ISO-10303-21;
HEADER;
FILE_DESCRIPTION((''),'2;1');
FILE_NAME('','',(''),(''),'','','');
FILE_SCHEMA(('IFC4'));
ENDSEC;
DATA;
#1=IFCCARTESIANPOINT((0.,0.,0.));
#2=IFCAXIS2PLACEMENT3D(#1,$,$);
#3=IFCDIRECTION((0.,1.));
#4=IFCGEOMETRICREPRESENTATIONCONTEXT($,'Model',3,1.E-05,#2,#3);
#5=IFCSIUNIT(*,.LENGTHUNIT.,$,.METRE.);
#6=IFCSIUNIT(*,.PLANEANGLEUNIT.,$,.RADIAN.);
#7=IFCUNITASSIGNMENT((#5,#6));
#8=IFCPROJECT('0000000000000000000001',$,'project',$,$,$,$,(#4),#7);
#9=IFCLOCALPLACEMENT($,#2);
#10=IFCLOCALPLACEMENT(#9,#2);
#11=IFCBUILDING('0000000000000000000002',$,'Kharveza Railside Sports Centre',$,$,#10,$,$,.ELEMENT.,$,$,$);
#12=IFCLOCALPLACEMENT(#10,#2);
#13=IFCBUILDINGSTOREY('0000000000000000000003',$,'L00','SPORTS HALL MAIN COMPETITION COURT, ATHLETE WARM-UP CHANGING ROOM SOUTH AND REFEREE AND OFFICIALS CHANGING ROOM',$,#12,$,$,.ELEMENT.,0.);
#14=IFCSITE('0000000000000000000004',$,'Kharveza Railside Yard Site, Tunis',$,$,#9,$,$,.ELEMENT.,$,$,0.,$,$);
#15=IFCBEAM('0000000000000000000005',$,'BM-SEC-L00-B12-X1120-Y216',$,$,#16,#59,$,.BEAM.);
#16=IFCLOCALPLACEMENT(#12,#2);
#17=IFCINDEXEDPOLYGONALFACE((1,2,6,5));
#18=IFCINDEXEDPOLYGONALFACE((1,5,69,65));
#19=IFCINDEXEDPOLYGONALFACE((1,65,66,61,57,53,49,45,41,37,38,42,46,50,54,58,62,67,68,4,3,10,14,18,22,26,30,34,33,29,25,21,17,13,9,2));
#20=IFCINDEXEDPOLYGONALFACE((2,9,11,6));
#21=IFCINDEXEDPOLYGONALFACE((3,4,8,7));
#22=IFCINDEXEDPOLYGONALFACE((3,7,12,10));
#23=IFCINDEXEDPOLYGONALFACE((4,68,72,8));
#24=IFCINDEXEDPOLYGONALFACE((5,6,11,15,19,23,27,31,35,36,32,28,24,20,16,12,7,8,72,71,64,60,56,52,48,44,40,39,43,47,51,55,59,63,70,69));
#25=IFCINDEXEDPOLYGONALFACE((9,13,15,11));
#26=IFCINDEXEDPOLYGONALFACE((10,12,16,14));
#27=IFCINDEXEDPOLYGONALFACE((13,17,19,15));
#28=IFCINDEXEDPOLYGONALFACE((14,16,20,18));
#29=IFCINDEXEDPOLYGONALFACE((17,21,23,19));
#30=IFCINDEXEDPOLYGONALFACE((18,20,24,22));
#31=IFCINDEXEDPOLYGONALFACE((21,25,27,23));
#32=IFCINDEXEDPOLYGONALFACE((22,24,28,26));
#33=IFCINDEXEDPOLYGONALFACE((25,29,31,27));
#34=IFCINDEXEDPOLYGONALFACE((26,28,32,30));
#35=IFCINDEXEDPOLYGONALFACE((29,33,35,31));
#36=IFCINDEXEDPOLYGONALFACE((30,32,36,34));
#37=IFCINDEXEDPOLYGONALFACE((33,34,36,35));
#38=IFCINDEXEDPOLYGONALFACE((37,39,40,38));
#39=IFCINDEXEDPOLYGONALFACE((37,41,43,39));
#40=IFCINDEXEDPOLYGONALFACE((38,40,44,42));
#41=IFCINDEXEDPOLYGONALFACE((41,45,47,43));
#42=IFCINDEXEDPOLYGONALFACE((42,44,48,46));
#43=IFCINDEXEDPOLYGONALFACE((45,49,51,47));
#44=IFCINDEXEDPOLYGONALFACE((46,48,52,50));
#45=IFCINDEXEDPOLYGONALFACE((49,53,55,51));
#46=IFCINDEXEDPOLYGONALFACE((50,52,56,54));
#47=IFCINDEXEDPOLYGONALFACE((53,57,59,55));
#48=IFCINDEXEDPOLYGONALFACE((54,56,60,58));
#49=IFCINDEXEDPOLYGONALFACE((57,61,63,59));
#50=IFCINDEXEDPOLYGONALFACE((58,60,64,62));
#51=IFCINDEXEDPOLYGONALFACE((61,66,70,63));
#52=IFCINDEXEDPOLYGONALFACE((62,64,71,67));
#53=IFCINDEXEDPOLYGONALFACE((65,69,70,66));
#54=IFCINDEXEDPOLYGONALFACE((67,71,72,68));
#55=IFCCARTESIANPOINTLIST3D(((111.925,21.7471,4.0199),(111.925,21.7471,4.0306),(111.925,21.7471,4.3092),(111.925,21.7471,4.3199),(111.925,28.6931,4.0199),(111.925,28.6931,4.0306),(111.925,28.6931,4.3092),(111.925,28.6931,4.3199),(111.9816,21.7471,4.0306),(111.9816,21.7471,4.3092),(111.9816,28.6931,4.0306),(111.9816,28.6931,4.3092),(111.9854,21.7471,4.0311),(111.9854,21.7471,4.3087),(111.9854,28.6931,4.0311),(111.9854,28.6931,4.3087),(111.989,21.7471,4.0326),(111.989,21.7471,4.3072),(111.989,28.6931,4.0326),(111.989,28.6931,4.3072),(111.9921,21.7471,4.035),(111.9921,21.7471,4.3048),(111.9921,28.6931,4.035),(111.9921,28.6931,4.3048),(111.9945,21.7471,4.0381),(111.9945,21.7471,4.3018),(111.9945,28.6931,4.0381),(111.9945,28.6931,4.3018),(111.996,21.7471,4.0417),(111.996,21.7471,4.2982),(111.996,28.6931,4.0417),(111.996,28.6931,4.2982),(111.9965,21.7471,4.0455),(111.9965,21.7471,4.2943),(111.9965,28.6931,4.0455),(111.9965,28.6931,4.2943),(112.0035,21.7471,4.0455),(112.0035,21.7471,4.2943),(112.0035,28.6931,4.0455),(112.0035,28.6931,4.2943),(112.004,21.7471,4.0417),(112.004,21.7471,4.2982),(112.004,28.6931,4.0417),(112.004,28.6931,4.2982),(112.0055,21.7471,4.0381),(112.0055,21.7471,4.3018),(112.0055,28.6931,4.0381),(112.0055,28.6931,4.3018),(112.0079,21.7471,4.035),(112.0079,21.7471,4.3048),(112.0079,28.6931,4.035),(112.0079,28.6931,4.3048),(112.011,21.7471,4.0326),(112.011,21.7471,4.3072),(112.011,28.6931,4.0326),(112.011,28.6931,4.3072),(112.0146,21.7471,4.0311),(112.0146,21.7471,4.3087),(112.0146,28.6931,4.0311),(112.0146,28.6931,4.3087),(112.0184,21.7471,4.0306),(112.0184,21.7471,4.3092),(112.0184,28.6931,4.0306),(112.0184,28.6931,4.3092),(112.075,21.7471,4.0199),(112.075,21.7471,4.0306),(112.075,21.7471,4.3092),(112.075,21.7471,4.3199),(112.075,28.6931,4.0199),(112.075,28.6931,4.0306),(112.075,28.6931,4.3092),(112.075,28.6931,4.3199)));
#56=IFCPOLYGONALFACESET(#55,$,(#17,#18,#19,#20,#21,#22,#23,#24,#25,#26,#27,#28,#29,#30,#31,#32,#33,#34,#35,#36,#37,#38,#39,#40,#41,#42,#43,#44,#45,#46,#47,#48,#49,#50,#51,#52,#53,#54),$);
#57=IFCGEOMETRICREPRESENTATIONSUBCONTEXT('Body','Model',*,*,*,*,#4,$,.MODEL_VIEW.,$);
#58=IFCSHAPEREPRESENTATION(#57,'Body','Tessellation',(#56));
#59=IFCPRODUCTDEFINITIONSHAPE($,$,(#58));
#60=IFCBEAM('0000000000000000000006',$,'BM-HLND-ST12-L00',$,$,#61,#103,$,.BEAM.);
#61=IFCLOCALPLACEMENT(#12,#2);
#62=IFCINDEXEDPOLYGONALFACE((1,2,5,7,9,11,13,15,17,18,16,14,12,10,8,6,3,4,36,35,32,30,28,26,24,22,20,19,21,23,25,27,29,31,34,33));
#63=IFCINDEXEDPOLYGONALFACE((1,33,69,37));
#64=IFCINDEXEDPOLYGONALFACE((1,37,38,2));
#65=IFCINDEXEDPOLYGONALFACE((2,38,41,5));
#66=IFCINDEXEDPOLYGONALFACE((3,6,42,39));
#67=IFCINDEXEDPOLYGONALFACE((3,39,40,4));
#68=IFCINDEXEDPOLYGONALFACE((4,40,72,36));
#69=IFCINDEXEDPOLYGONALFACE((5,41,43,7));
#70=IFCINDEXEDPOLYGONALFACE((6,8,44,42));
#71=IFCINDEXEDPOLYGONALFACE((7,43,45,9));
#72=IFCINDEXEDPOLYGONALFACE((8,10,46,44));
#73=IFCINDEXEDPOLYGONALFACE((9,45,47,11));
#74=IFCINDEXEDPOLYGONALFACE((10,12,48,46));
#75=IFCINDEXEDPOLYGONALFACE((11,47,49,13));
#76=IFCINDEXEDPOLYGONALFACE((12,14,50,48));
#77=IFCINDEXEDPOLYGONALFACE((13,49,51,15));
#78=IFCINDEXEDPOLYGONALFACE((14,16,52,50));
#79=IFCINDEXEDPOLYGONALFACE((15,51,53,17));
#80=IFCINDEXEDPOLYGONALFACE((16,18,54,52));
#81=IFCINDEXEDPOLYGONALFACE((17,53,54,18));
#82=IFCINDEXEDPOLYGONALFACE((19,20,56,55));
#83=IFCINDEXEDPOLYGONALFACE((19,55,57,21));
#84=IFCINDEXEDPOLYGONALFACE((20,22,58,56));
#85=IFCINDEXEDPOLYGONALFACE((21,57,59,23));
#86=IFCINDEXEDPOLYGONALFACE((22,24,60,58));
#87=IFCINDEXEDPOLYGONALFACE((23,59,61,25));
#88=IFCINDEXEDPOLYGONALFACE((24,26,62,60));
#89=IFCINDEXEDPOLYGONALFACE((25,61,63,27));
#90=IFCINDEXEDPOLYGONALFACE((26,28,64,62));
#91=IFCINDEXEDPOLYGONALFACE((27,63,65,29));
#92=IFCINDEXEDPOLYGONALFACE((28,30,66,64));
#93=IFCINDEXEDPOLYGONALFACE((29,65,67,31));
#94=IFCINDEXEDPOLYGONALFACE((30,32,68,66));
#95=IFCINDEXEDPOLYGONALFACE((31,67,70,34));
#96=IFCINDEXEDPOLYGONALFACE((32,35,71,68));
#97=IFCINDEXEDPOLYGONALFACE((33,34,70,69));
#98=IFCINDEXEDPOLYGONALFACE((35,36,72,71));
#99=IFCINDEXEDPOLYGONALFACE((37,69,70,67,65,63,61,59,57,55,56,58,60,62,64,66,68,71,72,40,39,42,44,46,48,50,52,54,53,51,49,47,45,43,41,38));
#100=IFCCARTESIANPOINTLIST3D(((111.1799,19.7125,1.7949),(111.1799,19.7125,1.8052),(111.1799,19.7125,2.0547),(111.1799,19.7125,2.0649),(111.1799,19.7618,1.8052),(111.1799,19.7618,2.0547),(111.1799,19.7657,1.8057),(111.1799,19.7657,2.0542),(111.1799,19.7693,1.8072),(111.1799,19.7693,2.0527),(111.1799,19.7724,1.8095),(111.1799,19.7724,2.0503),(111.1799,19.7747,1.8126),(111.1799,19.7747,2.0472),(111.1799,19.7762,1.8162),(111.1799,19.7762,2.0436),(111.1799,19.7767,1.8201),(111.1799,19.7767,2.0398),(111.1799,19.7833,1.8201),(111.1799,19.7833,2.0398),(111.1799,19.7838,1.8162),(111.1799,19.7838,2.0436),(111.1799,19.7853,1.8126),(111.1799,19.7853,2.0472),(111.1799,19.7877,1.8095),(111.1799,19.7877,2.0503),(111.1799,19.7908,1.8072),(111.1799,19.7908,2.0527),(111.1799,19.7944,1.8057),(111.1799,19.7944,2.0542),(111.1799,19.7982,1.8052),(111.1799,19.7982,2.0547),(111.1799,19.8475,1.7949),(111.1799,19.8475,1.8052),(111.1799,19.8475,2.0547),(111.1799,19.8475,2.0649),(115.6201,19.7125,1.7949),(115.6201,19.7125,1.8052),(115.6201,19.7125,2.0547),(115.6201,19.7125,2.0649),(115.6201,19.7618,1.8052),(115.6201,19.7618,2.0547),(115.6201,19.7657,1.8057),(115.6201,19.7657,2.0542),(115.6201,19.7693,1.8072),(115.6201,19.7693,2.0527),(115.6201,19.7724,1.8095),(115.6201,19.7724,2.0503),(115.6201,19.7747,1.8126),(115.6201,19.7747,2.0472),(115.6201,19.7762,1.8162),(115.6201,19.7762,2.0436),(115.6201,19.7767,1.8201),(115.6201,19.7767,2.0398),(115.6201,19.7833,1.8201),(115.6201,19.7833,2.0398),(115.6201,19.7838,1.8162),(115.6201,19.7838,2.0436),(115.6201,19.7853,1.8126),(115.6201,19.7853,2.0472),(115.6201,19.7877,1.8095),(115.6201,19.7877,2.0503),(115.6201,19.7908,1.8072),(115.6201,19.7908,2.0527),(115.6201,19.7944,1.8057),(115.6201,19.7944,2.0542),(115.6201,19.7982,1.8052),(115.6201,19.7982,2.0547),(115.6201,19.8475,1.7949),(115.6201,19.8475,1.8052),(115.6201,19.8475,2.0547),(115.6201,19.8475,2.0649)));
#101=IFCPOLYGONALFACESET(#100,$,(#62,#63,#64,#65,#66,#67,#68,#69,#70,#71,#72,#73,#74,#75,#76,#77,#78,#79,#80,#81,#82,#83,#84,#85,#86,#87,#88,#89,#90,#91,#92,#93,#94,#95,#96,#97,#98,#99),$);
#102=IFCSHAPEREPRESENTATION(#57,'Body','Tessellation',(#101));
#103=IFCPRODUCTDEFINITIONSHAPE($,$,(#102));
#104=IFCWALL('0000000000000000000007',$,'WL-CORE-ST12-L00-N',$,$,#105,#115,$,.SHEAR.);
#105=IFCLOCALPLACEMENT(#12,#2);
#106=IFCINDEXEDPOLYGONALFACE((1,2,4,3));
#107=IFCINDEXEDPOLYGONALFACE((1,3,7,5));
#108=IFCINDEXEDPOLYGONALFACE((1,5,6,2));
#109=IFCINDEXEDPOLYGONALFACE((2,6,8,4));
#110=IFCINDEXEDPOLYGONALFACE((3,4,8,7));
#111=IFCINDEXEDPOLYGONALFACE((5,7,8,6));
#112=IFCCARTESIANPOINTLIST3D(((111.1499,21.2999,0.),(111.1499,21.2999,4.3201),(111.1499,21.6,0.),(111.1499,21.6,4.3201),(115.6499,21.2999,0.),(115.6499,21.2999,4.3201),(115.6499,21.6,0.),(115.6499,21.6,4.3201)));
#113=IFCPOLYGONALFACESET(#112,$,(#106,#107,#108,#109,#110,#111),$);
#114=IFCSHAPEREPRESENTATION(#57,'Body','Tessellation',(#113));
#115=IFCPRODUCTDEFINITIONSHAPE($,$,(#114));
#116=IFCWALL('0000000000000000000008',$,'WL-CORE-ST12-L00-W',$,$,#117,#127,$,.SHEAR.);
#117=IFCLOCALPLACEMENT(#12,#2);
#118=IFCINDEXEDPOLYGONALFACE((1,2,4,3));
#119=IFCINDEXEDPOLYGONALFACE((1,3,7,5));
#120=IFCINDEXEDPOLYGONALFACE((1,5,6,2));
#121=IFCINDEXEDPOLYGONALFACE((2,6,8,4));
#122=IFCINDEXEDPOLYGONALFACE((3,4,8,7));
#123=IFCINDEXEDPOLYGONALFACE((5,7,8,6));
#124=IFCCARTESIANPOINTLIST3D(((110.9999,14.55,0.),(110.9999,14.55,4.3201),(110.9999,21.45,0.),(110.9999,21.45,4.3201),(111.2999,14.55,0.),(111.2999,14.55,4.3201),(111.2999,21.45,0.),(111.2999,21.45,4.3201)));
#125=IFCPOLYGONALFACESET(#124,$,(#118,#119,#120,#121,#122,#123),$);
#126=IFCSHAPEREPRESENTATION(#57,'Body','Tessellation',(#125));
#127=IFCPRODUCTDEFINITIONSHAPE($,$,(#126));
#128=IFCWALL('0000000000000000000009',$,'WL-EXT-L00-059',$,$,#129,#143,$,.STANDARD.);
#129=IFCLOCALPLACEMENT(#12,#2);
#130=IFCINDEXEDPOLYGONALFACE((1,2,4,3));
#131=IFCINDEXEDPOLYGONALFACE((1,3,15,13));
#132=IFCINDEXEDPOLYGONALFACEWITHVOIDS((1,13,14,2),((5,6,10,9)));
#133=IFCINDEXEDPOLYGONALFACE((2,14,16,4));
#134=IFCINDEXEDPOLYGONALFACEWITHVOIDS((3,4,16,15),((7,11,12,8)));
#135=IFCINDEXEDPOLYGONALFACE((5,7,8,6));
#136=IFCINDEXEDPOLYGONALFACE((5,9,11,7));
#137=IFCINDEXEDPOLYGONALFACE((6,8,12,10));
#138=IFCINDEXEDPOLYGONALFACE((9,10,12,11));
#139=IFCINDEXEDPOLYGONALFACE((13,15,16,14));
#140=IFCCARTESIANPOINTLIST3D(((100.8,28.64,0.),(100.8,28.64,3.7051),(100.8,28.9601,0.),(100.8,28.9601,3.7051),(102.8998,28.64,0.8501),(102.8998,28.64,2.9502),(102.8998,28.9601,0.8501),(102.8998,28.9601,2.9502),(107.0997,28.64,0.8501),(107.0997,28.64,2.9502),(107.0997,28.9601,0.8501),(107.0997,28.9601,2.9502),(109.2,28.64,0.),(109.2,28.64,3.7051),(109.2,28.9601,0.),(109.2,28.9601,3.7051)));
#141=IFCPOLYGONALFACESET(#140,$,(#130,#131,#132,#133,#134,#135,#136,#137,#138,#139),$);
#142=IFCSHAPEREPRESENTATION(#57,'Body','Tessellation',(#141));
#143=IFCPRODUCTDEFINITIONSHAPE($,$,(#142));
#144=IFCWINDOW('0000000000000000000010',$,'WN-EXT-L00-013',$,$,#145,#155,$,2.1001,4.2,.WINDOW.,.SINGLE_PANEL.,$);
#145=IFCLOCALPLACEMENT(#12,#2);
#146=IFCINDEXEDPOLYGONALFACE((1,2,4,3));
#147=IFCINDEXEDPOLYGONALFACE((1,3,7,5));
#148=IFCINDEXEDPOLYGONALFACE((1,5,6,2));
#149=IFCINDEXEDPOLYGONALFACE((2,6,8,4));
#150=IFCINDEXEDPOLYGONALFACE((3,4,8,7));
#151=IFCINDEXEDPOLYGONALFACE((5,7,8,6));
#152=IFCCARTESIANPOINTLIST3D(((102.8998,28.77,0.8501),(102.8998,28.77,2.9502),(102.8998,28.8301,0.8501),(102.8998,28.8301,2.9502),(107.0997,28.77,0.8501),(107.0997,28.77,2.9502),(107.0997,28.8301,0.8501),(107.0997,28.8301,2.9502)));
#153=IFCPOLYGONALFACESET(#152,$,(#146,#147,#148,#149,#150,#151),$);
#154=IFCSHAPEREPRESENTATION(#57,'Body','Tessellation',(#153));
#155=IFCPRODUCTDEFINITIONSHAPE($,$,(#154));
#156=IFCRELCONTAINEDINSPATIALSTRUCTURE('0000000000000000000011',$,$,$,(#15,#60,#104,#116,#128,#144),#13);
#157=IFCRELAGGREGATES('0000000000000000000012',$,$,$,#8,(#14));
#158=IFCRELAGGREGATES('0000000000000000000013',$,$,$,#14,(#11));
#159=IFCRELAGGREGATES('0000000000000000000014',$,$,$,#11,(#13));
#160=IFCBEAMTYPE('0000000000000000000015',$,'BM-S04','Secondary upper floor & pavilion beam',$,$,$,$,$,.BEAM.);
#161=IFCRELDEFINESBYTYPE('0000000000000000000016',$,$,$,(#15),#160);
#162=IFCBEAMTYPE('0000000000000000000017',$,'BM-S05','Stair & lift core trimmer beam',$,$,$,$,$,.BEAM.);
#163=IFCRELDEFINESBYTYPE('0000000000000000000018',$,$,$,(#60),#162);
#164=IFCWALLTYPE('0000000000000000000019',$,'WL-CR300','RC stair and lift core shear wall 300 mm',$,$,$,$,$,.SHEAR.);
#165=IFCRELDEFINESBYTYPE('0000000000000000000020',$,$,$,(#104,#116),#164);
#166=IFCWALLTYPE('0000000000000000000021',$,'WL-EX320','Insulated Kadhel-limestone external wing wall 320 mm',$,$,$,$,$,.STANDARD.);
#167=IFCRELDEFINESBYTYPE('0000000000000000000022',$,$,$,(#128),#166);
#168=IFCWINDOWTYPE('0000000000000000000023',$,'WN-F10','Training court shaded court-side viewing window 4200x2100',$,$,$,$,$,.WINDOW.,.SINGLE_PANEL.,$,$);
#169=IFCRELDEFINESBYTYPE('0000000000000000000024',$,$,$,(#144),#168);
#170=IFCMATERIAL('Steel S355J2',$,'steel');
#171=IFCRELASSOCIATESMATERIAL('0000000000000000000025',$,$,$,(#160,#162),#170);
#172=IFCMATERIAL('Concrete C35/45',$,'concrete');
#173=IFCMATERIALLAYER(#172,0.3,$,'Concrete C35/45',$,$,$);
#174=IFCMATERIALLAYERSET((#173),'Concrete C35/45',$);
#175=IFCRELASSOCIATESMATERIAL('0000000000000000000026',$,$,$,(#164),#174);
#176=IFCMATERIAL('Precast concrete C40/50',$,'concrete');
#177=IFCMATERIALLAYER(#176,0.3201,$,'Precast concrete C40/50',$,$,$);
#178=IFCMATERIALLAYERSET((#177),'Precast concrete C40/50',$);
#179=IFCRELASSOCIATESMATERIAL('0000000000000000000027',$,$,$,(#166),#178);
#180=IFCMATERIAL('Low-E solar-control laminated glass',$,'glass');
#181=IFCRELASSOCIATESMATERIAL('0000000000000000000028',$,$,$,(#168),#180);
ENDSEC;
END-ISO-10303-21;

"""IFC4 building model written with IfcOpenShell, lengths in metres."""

from ifc_helpers import new_model, si_unit, direction, frame, frame_2d, origin, origin_2d, place, context, subcontext, project, spatial, rectangle, i_section, extrude, material, layer, layer_set, material_profile, profile_set, type_object, element, fill, save


model = new_model("IFC4")

# Units and contexts
model_context = context("Model", 3, precision=1e-05, world=origin(), true_north=direction((0.0, 1.0)))
body_context = subcontext(model_context, "Body", "Model", "MODEL_VIEW")
ifc_project = project(units=[si_unit("LENGTHUNIT", "METRE"), si_unit("PLANEANGLEUNIT", "RADIAN")], contexts=[model_context])

# Site, building, storey
site_placement = place(None, origin())
site = spatial("IfcSite", under=ifc_project, at=site_placement, Name="Kharveza Railside Yard Site, Tunis", CompositionType="ELEMENT", RefElevation=0.0)
building_placement = place(site_placement, origin())
building = spatial("IfcBuilding", under=site, at=building_placement, Name="Kharveza Railside Sports Centre", CompositionType="ELEMENT")
storey_placement = place(building_placement, origin())
storey = spatial("IfcBuildingStorey", under=building, at=storey_placement, Name="L00", Description="SPORTS HALL MAIN COMPETITION COURT, ATHLETE WARM-UP CHANGING ROOM SOUTH AND REFEREE AND OFFICIALS CHANGING ROOM", CompositionType="ELEMENT", Elevation=0.0)

# Shared definitions
ifc_material_1 = material(Name="Concrete C35/45", Category="concrete")

# Shared definitions
ifc_material_2 = material(Name="Steel S355J2", Category="steel")

# Beams
ifc_material_profile_1 = material_profile(ifc_material_2, i_section(OverallWidth=0.1499, OverallDepth=0.3, WebThickness=0.0071, FlangeThickness=0.0107, FilletRadius=0.0149, at=origin_2d()), Name="IPE 300")
ifc_profile_set_1 = profile_set([ifc_material_profile_1], Name="Steel S355J2")
beam_type_1 = type_object("IfcBeamType", Name="BM-S04", Description="Secondary upper floor & pavilion beam", PredefinedType="BEAM", material=ifc_profile_set_1)
beam_1_placement = place(storey_placement, frame((112.0, 21.7471, 4.1699), z_axis=(0.0, 1.0, 0.0), x_axis=(-1.0, 0.0, 0.0)))
element("IfcBeam", 1, at=beam_1_placement, inside=storey, type_object=beam_type_1, Name="BM-SEC-L00-B12-X1120-Y216", PredefinedType="BEAM", context=body_context, shape_type="SweptSolid", body=[
    extrude(i_section(OverallWidth=0.1499, OverallDepth=0.3, WebThickness=0.0071, FlangeThickness=0.0107, FilletRadius=0.0149, at=origin_2d()), origin(), (0.0, 0.0, 1.0), 6.946),
])
ifc_material_profile_2 = material_profile(ifc_material_2, i_section(OverallWidth=0.135, OverallDepth=0.27, WebThickness=0.0066, FlangeThickness=0.0103, FilletRadius=0.0149, at=origin_2d()), Name="IPE 270")
ifc_profile_set_2 = profile_set([ifc_material_profile_2], Name="Steel S355J2")
beam_type_2 = type_object("IfcBeamType", Name="BM-S05", Description="Stair & lift core trimmer beam", PredefinedType="BEAM", material=ifc_profile_set_2)
beam_2_placement = place(storey_placement, frame((111.1799, 19.78, 1.9299), z_axis=(1.0, 0.0, 0.0), x_axis=(0.0, 1.0, 0.0)))
element("IfcBeam", 2, at=beam_2_placement, inside=storey, type_object=beam_type_2, Name="BM-HLND-ST12-L00", PredefinedType="BEAM", context=body_context, shape_type="SweptSolid", body=[
    extrude(i_section(OverallWidth=0.135, OverallDepth=0.27, WebThickness=0.0066, FlangeThickness=0.0103, FilletRadius=0.0149, at=origin_2d()), origin(), (0.0, 0.0, 1.0), 4.4402),
])

# Walls
ifc_layer_1 = layer(ifc_material_1, 0.3, Name="Concrete C35/45")
ifc_layer_set_1 = layer_set([ifc_layer_1], Name="Concrete C35/45")
wall_type_1 = type_object("IfcWallType", Name="WL-CR300", Description="RC stair and lift core shear wall 300 mm", PredefinedType="SHEAR", material=ifc_layer_set_1)
wall_1_placement = place(storey_placement, frame((115.6499, 21.45, 0.0), z_axis=(0.0, 0.0, 1.0), x_axis=(-1.0, 0.0, 0.0)))
element("IfcWall", 3, at=wall_1_placement, inside=storey, type_object=wall_type_1, Name="WL-CORE-ST12-L00-N", PredefinedType="SHEAR", context=body_context, shape_type="SweptSolid", body=[
    extrude(rectangle(XDim=4.5, YDim=0.3, at=frame_2d((2.25, 0.0))), origin(), (0.0, 0.0, 1.0), 4.3201),
])
wall_2_placement = place(storey_placement, frame((111.1499, 21.45, 0.0), z_axis=(0.0, 0.0, 1.0), x_axis=(0.0, -1.0, 0.0)))
element("IfcWall", 4, at=wall_2_placement, inside=storey, type_object=wall_type_1, Name="WL-CORE-ST12-L00-W", PredefinedType="SHEAR", context=body_context, shape_type="SweptSolid", body=[
    extrude(rectangle(XDim=6.8999, YDim=0.3, at=frame_2d((3.45, 0.0))), origin(), (0.0, 0.0, 1.0), 4.3201),
])

# Wall, opening, window
ifc_material_3 = material(Name="Precast concrete C40/50", Category="concrete")
ifc_layer_2 = layer(ifc_material_3, 0.3201, Name="Precast concrete C40/50")
ifc_layer_set_2 = layer_set([ifc_layer_2], Name="Precast concrete C40/50")
wall_type_2 = type_object("IfcWallType", Name="WL-EX320", Description="Insulated Kadhel-limestone external wing wall 320 mm", PredefinedType="STANDARD", material=ifc_layer_set_2)
wall_3_placement = place(storey_placement, frame((109.2, 28.8, 0.0), z_axis=(0.0, 0.0, 1.0), x_axis=(-1.0, 0.0, 0.0)))
wall_3 = element("IfcWall", 5, at=wall_3_placement, inside=storey, type_object=wall_type_2, Name="WL-EXT-L00-059", PredefinedType="STANDARD", context=body_context, shape_type="SweptSolid", body=[
    extrude(rectangle(XDim=8.3999, YDim=0.3201, at=frame_2d((4.2, 0.0))), origin(), (0.0, 0.0, 1.0), 3.7051),
])
opening_1_placement = place(wall_3_placement, frame((2.1001, 0.0, 0.8501)))
opening_1 = element("IfcOpeningElement", 6, at=opening_1_placement, cuts=wall_3, PredefinedType="OPENING", context=body_context, shape_type="SweptSolid", body=[
    extrude(rectangle(XDim=4.2, YDim=2.1001, at=frame_2d((2.1001, 1.05))), frame((0.0, 0.1851, 0.0), z_axis=(0.0, -1.0, 0.0), x_axis=(1.0, 0.0, 0.0)), (0.0, 0.0, 1.0), 0.3699),
])
ifc_material_4 = material(Name="Low-E solar-control laminated glass", Category="glass")
window_type = type_object("IfcWindowType", Name="WN-F10", Description="Training court shaded court-side viewing window 4200x2100", PartitioningType="SINGLE_PANEL", PredefinedType="WINDOW", material=ifc_material_4)
window_placement = place(opening_1_placement, origin())
window = element("IfcWindow", 7, at=window_placement, inside=storey, type_object=window_type, Name="WN-EXT-L00-013", OverallHeight=2.1001, OverallWidth=4.2, PartitioningType="SINGLE_PANEL", PredefinedType="WINDOW", context=body_context, shape_type="SweptSolid", body=[
    extrude(rectangle(XDim=4.2, YDim=2.1001, at=frame_2d((2.1001, 1.05))), frame((0.0, 0.03, 0.0), z_axis=(0.0, -1.0, 0.0), x_axis=(1.0, 0.0, 0.0)), (0.0, 0.0, 1.0), 0.0601),
])
fill(opening_1, window)

save(model, "model.ifc")
